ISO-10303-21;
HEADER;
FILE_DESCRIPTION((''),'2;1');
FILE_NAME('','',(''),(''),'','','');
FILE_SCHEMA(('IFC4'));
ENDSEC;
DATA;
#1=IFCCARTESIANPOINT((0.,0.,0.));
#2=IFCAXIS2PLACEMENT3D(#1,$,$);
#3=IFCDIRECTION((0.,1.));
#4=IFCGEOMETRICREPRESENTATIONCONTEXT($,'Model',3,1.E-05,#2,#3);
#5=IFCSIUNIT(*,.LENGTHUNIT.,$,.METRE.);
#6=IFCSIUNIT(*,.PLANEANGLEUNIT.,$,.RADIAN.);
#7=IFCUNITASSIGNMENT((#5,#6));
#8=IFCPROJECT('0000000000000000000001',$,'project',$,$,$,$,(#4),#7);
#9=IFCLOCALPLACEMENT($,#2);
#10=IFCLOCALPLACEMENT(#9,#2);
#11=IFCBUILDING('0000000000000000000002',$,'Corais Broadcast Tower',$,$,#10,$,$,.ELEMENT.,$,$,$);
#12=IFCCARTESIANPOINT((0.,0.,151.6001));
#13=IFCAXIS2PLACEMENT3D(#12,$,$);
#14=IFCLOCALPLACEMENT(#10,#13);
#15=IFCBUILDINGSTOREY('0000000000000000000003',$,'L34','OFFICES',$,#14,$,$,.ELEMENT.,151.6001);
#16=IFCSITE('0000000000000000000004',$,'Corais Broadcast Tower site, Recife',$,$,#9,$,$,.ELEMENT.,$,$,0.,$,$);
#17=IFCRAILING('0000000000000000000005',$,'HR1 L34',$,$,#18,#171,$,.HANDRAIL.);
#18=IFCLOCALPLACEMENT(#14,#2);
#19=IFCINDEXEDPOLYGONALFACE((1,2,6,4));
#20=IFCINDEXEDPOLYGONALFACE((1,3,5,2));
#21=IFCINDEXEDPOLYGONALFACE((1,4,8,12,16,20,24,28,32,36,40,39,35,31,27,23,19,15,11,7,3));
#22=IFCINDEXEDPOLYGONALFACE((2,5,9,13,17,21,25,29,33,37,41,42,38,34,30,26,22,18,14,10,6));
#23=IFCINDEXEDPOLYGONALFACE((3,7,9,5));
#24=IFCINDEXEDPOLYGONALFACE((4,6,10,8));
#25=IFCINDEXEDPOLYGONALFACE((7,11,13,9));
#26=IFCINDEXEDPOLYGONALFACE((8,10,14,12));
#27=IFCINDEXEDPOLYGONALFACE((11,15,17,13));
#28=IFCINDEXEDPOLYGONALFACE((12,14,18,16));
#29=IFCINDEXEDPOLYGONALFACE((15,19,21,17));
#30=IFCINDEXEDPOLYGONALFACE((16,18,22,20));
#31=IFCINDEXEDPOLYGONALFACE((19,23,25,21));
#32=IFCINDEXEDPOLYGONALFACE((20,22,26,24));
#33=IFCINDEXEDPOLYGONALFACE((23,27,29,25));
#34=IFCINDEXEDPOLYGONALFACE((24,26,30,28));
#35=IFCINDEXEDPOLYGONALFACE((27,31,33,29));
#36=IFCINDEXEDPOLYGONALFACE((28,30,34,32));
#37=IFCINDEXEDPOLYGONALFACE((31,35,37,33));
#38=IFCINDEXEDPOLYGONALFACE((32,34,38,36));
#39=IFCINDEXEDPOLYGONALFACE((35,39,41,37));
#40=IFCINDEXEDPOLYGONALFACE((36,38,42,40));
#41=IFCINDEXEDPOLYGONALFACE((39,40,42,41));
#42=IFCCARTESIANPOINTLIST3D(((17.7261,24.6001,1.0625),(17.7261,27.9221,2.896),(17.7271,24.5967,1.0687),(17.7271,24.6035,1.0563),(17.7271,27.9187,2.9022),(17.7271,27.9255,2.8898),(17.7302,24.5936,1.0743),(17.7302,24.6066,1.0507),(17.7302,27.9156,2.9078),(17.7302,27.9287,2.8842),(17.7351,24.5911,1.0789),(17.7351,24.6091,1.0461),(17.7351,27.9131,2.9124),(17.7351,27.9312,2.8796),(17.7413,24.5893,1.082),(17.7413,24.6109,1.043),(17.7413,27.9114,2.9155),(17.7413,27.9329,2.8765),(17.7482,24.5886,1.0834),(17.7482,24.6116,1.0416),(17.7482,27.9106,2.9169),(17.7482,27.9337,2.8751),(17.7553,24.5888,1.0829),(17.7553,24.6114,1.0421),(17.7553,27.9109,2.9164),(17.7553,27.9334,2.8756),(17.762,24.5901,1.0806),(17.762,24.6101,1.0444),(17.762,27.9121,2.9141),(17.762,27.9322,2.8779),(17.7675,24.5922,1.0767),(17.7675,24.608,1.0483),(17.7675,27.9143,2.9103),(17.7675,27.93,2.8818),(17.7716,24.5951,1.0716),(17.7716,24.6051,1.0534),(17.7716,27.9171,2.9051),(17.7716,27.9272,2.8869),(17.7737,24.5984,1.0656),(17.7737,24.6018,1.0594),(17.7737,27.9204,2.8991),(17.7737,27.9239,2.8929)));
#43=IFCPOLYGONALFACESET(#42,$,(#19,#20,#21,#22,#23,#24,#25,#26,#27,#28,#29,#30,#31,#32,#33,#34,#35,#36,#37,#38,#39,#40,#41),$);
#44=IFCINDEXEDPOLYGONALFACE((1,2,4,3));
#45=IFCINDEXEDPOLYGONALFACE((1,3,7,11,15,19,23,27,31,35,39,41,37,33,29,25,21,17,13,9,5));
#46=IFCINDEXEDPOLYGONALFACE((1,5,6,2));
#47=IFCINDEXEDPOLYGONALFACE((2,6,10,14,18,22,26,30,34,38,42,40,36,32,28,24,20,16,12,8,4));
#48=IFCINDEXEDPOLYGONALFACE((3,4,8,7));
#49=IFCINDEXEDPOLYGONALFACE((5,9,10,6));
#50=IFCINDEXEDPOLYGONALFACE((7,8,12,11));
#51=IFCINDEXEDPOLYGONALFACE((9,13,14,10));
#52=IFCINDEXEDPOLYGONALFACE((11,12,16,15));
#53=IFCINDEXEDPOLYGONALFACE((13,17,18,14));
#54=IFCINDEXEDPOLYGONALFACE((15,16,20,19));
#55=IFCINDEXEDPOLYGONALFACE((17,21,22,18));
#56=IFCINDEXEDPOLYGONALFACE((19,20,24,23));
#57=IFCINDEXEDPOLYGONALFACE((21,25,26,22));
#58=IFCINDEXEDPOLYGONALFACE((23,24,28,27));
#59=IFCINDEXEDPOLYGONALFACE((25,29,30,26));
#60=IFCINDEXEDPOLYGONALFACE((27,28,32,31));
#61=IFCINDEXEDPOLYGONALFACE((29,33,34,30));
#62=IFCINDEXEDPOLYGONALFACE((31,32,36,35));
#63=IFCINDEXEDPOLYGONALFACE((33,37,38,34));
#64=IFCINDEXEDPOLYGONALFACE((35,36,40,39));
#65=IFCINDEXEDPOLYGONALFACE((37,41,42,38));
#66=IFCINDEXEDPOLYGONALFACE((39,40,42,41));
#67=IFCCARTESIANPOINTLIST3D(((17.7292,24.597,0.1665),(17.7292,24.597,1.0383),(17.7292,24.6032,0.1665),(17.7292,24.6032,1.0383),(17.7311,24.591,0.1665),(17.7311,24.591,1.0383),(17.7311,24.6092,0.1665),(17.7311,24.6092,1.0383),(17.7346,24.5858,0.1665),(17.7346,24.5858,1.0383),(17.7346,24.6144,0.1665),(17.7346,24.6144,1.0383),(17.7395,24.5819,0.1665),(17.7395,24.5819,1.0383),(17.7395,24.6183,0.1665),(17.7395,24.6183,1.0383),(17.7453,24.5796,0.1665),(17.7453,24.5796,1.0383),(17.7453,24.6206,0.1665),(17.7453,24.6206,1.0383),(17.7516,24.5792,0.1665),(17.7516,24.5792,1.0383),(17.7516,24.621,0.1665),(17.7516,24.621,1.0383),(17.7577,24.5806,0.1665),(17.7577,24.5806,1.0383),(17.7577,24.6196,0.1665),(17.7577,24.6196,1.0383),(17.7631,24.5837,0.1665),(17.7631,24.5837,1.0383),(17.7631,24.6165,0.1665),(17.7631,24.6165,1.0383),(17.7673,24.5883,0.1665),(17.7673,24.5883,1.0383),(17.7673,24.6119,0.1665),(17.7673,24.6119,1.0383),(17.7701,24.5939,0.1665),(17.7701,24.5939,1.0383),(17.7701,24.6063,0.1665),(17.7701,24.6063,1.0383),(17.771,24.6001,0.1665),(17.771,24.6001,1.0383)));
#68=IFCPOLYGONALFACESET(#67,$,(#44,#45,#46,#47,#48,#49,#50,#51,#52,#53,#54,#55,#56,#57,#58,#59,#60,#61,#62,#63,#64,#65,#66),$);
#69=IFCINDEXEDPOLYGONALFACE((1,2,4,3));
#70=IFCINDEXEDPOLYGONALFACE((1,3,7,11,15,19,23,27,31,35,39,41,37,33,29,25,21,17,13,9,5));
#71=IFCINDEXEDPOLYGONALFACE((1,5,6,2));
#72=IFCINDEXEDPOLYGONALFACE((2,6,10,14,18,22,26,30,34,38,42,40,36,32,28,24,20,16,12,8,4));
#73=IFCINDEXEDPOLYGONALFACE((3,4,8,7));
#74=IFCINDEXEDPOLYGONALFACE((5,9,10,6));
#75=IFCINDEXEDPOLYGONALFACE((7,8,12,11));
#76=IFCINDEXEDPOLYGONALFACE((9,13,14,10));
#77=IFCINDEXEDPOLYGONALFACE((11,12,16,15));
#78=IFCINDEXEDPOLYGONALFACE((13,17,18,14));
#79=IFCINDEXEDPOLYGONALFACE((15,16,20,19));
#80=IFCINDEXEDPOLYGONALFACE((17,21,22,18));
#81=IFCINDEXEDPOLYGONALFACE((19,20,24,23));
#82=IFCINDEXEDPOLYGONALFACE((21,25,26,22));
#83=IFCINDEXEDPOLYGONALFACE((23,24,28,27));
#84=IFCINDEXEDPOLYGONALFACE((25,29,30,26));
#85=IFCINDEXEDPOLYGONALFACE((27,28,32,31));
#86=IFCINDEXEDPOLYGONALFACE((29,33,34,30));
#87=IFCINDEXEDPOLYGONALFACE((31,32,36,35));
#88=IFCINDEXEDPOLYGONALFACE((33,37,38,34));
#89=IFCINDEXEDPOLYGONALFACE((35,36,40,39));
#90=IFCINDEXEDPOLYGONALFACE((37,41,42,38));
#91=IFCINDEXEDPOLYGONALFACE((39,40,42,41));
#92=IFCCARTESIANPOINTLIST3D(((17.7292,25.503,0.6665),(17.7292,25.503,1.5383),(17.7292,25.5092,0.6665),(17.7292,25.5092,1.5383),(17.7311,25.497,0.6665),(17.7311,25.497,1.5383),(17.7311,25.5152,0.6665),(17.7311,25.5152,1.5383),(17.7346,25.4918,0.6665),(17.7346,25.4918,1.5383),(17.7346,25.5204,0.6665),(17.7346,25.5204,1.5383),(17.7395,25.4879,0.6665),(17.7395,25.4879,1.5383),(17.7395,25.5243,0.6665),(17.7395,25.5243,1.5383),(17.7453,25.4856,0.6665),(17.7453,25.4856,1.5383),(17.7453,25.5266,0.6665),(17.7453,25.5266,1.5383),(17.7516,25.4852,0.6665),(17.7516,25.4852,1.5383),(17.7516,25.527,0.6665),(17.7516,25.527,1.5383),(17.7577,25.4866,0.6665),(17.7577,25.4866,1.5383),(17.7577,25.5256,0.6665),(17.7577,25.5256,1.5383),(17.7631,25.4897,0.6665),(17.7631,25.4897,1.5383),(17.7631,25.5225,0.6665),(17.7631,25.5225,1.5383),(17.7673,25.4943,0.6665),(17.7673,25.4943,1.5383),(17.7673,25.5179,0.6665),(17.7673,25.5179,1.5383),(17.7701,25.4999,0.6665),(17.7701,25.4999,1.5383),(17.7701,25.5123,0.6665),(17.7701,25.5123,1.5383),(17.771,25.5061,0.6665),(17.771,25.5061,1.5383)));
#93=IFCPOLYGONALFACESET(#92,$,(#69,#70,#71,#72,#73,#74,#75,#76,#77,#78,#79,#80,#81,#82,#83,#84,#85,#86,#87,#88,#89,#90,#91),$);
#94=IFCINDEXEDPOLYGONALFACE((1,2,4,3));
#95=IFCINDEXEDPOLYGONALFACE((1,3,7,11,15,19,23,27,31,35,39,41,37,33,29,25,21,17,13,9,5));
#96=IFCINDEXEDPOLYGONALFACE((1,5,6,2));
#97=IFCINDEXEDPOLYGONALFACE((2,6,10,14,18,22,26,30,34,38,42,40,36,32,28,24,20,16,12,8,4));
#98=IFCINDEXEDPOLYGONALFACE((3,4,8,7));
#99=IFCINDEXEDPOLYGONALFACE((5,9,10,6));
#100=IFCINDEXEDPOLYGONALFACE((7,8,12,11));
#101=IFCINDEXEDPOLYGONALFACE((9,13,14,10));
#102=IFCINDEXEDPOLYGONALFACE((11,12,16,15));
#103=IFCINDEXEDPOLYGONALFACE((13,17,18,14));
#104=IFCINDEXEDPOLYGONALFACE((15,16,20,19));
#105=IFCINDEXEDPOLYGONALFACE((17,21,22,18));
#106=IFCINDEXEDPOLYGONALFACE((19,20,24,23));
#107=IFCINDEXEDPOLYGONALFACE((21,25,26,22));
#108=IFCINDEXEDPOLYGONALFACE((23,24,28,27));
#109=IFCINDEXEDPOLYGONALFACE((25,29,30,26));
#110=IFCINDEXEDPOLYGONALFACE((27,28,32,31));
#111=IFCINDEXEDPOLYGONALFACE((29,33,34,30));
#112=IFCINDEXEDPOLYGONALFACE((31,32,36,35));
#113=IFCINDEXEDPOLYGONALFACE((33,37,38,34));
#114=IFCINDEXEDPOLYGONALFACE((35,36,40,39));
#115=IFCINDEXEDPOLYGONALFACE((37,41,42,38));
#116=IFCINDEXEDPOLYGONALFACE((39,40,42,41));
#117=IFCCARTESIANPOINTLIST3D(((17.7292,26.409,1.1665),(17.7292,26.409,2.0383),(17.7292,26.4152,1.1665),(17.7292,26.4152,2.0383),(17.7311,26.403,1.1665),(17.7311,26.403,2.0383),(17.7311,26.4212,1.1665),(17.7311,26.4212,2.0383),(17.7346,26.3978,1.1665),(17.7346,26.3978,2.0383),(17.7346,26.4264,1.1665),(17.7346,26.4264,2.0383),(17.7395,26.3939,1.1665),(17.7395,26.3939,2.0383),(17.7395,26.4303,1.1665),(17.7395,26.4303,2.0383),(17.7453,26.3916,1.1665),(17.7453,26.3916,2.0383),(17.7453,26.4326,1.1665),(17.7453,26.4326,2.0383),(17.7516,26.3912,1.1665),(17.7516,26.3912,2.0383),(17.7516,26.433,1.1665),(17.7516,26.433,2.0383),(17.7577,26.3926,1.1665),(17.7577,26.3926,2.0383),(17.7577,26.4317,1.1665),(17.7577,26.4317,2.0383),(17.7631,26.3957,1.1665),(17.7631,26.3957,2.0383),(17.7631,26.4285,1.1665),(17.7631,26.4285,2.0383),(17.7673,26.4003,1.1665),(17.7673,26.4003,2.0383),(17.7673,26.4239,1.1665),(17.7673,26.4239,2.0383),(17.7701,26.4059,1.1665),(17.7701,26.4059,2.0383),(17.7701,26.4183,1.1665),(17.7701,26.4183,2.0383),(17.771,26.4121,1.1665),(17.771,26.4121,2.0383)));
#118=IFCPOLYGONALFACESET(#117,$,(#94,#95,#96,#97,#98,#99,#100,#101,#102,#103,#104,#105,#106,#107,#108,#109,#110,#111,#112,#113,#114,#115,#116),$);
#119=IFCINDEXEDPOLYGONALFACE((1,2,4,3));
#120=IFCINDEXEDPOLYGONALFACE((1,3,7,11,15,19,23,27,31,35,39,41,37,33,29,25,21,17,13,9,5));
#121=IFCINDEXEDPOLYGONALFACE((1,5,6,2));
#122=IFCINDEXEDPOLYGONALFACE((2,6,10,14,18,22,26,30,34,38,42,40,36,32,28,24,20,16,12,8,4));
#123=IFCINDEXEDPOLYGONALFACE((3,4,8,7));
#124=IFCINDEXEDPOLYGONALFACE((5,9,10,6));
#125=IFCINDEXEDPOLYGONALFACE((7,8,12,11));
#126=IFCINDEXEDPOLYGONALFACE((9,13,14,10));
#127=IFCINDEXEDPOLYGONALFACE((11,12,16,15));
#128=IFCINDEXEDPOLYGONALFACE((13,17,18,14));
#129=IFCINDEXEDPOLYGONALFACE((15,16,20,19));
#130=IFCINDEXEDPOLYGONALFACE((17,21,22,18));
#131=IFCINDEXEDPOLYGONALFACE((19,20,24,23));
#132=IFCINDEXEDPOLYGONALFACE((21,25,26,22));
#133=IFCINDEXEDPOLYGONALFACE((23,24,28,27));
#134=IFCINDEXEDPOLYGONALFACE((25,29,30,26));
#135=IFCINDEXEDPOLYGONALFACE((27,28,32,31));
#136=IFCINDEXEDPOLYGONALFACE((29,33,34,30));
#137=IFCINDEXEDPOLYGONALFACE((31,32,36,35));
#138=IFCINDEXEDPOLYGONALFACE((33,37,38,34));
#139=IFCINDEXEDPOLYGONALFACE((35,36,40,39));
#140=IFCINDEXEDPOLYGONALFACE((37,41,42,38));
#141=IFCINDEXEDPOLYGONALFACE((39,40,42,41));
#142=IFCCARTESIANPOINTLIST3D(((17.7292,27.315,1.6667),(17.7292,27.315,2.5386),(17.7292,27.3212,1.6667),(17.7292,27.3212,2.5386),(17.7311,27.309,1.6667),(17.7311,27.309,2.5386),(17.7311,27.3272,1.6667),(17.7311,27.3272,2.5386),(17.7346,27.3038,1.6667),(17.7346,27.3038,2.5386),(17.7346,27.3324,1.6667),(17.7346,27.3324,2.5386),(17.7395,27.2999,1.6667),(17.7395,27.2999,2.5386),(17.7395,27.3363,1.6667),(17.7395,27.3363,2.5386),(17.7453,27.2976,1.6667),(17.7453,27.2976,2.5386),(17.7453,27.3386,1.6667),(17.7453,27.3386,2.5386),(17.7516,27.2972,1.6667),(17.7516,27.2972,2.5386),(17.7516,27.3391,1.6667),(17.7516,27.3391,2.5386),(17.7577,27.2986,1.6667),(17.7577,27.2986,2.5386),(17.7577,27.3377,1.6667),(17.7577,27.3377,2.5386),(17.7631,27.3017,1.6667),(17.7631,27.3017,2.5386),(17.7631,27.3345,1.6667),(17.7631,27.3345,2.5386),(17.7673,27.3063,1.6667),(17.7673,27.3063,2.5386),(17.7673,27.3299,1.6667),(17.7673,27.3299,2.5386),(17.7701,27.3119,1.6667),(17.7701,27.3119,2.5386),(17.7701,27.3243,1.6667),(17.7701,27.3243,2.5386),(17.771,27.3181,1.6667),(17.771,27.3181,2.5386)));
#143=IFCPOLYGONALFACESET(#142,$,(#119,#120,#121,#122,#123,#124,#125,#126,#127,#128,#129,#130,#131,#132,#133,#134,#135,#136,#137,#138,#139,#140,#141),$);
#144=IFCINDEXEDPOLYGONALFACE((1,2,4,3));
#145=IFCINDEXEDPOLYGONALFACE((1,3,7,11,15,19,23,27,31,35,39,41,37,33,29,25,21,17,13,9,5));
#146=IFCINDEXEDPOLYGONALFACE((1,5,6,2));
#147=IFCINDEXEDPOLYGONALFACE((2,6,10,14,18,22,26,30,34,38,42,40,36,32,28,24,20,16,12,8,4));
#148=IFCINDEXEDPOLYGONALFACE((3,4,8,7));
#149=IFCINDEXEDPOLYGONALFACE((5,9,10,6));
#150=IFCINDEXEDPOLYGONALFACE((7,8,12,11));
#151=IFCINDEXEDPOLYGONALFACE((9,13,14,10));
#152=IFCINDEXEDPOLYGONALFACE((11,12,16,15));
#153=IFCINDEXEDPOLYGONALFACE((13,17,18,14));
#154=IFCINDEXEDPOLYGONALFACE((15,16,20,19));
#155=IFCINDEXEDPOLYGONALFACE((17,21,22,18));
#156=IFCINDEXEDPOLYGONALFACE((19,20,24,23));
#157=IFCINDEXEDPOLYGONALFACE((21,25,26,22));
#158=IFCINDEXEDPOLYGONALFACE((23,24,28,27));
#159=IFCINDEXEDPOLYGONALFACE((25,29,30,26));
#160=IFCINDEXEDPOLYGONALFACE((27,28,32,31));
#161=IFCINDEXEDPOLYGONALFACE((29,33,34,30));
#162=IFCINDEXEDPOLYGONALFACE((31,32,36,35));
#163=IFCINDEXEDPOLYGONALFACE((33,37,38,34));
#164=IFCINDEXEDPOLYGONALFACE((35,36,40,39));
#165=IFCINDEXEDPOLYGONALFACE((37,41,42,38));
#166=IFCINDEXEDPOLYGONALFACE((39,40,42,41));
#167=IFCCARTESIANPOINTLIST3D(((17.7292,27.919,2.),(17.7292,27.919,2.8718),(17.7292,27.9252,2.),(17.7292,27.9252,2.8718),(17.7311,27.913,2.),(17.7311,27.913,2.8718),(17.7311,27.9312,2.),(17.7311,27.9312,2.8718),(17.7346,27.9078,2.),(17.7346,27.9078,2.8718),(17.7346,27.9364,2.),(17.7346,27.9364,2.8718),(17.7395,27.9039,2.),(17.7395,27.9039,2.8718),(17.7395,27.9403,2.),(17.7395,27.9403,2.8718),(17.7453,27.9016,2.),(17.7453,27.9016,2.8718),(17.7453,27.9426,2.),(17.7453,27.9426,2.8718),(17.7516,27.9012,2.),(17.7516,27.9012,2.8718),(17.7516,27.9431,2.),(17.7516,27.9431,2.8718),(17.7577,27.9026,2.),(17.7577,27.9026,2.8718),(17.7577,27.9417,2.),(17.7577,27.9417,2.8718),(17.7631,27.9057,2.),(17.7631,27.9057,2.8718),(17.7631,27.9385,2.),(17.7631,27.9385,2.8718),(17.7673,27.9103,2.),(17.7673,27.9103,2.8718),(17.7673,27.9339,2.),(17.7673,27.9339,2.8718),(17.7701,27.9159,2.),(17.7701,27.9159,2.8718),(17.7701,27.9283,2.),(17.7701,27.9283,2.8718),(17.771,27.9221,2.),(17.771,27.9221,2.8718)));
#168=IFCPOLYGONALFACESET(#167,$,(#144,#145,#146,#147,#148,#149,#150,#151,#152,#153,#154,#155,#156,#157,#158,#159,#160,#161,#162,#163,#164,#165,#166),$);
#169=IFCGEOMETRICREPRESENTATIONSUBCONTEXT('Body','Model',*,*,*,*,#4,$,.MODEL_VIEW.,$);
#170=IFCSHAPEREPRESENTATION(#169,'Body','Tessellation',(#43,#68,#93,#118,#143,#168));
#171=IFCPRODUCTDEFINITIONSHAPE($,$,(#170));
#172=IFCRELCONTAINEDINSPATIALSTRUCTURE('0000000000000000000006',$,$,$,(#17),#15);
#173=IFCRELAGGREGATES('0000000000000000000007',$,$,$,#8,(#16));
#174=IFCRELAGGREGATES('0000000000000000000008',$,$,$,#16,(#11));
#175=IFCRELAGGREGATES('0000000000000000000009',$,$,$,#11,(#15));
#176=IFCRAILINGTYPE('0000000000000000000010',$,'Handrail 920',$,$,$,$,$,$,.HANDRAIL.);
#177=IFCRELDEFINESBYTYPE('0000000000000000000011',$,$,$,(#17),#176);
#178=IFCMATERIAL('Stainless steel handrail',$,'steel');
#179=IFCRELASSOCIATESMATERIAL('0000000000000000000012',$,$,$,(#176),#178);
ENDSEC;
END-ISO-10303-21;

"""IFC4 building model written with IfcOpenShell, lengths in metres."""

from ifc_helpers import new_model, si_unit, direction, frame, origin, origin_2d, place, context, subcontext, project, spatial, circle, extrude, material, type_object, element, save


model = new_model("IFC4")

# Units and contexts
model_context = context("Model", 3, precision=1e-05, world=origin(), true_north=direction((0.0, 1.0)))
body_context = subcontext(model_context, "Body", "Model", "MODEL_VIEW")
ifc_project = project(units=[si_unit("LENGTHUNIT", "METRE"), si_unit("PLANEANGLEUNIT", "RADIAN")], contexts=[model_context])

# Site, building, storey
site_placement = place(None, origin())
site = spatial("IfcSite", under=ifc_project, at=site_placement, Name="Corais Broadcast Tower site, Recife", CompositionType="ELEMENT", RefElevation=0.0)
building_placement = place(site_placement, origin())
building = spatial("IfcBuilding", under=site, at=building_placement, Name="Corais Broadcast Tower", CompositionType="ELEMENT")
storey_placement = place(building_placement, frame((0.0, 0.0, 151.6001)))
storey = spatial("IfcBuildingStorey", under=building, at=storey_placement, Name="L34", Description="OFFICES", CompositionType="ELEMENT", Elevation=151.6001)

# Railing
ifc_material_1 = material(Name="Stainless steel handrail", Category="steel")
railing_type = type_object("IfcRailingType", Name="Handrail 920", PredefinedType="HANDRAIL", material=ifc_material_1)
for number, where, name in (
    (1, (17.75, 24.6001, 0.1665), "HR1 L34"),
):
    element("IfcRailing", number, at=place(storey_placement, frame(where)), inside=storey, type_object=railing_type, Name=name, PredefinedType="HANDRAIL", context=body_context, shape_type="SweptSolid", body=[
        extrude(circle(Radius=0.0239, at=origin_2d()), frame((0.0, 0.0, 0.896), z_axis=(0.0, 0.875504, 0.48321), x_axis=(-1.0, 0.0, 0.0)), (0.0, 0.0, 1.0), 3.7944),
        extrude(circle(Radius=0.021, at=origin_2d()), origin(), (0.0, 0.0, 1.0), 0.8718),
        extrude(circle(Radius=0.021, at=origin_2d()), frame((0.0, 0.906, 0.5)), (0.0, 0.0, 1.0), 0.8718),
        extrude(circle(Radius=0.021, at=origin_2d()), frame((0.0, 1.812, 1.0)), (0.0, 0.0, 1.0), 0.8718),
        extrude(circle(Radius=0.021, at=origin_2d()), frame((0.0, 2.718, 1.5002)), (0.0, 0.0, 1.0), 0.8718),
        extrude(circle(Radius=0.021, at=origin_2d()), frame((0.0, 3.322, 1.8335)), (0.0, 0.0, 1.0), 0.8718),
    ])

save(model, "model.ifc")
